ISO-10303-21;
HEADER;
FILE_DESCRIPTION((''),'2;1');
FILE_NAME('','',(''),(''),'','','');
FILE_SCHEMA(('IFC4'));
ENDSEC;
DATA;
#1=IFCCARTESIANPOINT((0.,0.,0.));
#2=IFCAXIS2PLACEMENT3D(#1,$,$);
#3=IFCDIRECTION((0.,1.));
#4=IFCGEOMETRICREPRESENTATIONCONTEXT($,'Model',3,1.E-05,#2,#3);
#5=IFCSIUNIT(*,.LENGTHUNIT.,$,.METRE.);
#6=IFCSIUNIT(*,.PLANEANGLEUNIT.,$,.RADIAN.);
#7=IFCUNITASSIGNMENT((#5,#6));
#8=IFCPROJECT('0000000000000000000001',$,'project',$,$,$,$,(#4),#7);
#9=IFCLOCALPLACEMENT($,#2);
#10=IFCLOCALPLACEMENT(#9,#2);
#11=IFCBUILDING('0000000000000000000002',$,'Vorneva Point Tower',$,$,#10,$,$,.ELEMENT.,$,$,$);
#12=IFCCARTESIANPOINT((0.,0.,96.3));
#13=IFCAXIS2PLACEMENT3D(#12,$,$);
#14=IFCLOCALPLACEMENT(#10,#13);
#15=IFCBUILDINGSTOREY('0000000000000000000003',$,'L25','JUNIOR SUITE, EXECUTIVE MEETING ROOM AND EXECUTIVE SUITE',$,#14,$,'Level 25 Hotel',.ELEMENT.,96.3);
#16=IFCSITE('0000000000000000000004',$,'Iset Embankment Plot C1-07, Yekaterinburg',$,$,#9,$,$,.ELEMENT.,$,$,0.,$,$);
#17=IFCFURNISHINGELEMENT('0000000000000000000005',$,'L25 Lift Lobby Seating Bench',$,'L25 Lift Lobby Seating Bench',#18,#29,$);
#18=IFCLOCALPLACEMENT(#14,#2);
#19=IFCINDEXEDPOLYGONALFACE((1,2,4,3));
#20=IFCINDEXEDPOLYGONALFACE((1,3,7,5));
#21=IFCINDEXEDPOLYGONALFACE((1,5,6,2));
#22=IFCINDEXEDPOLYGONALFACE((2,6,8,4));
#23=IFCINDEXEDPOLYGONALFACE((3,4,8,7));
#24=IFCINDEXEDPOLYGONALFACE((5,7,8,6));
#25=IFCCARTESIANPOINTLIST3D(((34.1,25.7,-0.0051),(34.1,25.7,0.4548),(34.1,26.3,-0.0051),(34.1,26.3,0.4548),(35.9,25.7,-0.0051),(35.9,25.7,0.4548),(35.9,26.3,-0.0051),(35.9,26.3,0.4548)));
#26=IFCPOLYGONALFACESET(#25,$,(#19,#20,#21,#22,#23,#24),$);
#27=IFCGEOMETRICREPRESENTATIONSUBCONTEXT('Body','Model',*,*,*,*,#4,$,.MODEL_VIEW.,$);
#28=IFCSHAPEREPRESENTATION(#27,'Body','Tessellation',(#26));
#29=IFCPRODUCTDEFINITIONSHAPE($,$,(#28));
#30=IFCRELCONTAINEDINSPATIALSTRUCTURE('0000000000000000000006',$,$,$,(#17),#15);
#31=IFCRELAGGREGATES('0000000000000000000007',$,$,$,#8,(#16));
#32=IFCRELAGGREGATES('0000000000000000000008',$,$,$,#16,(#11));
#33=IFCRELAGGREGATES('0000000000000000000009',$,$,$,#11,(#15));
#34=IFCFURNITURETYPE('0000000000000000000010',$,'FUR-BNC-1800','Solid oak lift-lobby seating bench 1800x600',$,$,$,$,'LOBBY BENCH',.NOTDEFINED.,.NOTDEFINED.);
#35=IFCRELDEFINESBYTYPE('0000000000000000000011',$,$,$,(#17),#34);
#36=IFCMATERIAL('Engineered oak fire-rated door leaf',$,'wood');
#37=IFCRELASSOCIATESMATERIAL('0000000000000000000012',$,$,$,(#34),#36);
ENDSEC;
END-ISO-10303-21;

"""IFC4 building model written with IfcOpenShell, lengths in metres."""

from ifc_helpers import new_model, si_unit, direction, frame, origin, origin_2d, place, context, subcontext, project, spatial, rectangle, extrude, material, type_object, element, save


model = new_model("IFC4")

# Units and contexts
model_context = context("Model", 3, precision=1e-05, world=origin(), true_north=direction((0.0, 1.0)))
body_context = subcontext(model_context, "Body", "Model", "MODEL_VIEW")
ifc_project = project(units=[si_unit("LENGTHUNIT", "METRE"), si_unit("PLANEANGLEUNIT", "RADIAN")], contexts=[model_context])

# Site, building, storey
site_placement = place(None, origin())
site = spatial("IfcSite", under=ifc_project, at=site_placement, Name="Iset Embankment Plot C1-07, Yekaterinburg", CompositionType="ELEMENT", RefElevation=0.0)
building_placement = place(site_placement, origin())
building = spatial("IfcBuilding", under=site, at=building_placement, Name="Vorneva Point Tower", CompositionType="ELEMENT")
storey_placement = place(building_placement, frame((0.0, 0.0, 96.3)))
storey = spatial("IfcBuildingStorey", under=building, at=storey_placement, Name="L25", Description="JUNIOR SUITE, EXECUTIVE MEETING ROOM AND EXECUTIVE SUITE", LongName="Level 25 Hotel", CompositionType="ELEMENT", Elevation=96.3)

# Furnishing element
ifc_material_1 = material(Name="Engineered oak fire-rated door leaf", Category="wood")
furniture_type = type_object("IfcFurnitureType", Name="FUR-BNC-1800", Description="Solid oak lift-lobby seating bench 1800x600", ElementType="LOBBY BENCH", AssemblyPlace="NOTDEFINED", PredefinedType="NOTDEFINED", material=ifc_material_1)
furnishing_placement = place(storey_placement, frame((35.0, 26.0, -0.0051), z_axis=(0.0, 0.0, 1.0), x_axis=(1.0, 0.0, 0.0)))
element("IfcFurnishingElement", 1, at=furnishing_placement, inside=storey, type_object=furniture_type, Name="L25 Lift Lobby Seating Bench", ObjectType="L25 Lift Lobby Seating Bench", context=body_context, shape_type="SweptSolid", body=[
    extrude(rectangle(XDim=1.8, YDim=0.6001, at=origin_2d()), origin(), (0.0, 0.0, 1.0), 0.46),
])

save(model, "model.ifc")
